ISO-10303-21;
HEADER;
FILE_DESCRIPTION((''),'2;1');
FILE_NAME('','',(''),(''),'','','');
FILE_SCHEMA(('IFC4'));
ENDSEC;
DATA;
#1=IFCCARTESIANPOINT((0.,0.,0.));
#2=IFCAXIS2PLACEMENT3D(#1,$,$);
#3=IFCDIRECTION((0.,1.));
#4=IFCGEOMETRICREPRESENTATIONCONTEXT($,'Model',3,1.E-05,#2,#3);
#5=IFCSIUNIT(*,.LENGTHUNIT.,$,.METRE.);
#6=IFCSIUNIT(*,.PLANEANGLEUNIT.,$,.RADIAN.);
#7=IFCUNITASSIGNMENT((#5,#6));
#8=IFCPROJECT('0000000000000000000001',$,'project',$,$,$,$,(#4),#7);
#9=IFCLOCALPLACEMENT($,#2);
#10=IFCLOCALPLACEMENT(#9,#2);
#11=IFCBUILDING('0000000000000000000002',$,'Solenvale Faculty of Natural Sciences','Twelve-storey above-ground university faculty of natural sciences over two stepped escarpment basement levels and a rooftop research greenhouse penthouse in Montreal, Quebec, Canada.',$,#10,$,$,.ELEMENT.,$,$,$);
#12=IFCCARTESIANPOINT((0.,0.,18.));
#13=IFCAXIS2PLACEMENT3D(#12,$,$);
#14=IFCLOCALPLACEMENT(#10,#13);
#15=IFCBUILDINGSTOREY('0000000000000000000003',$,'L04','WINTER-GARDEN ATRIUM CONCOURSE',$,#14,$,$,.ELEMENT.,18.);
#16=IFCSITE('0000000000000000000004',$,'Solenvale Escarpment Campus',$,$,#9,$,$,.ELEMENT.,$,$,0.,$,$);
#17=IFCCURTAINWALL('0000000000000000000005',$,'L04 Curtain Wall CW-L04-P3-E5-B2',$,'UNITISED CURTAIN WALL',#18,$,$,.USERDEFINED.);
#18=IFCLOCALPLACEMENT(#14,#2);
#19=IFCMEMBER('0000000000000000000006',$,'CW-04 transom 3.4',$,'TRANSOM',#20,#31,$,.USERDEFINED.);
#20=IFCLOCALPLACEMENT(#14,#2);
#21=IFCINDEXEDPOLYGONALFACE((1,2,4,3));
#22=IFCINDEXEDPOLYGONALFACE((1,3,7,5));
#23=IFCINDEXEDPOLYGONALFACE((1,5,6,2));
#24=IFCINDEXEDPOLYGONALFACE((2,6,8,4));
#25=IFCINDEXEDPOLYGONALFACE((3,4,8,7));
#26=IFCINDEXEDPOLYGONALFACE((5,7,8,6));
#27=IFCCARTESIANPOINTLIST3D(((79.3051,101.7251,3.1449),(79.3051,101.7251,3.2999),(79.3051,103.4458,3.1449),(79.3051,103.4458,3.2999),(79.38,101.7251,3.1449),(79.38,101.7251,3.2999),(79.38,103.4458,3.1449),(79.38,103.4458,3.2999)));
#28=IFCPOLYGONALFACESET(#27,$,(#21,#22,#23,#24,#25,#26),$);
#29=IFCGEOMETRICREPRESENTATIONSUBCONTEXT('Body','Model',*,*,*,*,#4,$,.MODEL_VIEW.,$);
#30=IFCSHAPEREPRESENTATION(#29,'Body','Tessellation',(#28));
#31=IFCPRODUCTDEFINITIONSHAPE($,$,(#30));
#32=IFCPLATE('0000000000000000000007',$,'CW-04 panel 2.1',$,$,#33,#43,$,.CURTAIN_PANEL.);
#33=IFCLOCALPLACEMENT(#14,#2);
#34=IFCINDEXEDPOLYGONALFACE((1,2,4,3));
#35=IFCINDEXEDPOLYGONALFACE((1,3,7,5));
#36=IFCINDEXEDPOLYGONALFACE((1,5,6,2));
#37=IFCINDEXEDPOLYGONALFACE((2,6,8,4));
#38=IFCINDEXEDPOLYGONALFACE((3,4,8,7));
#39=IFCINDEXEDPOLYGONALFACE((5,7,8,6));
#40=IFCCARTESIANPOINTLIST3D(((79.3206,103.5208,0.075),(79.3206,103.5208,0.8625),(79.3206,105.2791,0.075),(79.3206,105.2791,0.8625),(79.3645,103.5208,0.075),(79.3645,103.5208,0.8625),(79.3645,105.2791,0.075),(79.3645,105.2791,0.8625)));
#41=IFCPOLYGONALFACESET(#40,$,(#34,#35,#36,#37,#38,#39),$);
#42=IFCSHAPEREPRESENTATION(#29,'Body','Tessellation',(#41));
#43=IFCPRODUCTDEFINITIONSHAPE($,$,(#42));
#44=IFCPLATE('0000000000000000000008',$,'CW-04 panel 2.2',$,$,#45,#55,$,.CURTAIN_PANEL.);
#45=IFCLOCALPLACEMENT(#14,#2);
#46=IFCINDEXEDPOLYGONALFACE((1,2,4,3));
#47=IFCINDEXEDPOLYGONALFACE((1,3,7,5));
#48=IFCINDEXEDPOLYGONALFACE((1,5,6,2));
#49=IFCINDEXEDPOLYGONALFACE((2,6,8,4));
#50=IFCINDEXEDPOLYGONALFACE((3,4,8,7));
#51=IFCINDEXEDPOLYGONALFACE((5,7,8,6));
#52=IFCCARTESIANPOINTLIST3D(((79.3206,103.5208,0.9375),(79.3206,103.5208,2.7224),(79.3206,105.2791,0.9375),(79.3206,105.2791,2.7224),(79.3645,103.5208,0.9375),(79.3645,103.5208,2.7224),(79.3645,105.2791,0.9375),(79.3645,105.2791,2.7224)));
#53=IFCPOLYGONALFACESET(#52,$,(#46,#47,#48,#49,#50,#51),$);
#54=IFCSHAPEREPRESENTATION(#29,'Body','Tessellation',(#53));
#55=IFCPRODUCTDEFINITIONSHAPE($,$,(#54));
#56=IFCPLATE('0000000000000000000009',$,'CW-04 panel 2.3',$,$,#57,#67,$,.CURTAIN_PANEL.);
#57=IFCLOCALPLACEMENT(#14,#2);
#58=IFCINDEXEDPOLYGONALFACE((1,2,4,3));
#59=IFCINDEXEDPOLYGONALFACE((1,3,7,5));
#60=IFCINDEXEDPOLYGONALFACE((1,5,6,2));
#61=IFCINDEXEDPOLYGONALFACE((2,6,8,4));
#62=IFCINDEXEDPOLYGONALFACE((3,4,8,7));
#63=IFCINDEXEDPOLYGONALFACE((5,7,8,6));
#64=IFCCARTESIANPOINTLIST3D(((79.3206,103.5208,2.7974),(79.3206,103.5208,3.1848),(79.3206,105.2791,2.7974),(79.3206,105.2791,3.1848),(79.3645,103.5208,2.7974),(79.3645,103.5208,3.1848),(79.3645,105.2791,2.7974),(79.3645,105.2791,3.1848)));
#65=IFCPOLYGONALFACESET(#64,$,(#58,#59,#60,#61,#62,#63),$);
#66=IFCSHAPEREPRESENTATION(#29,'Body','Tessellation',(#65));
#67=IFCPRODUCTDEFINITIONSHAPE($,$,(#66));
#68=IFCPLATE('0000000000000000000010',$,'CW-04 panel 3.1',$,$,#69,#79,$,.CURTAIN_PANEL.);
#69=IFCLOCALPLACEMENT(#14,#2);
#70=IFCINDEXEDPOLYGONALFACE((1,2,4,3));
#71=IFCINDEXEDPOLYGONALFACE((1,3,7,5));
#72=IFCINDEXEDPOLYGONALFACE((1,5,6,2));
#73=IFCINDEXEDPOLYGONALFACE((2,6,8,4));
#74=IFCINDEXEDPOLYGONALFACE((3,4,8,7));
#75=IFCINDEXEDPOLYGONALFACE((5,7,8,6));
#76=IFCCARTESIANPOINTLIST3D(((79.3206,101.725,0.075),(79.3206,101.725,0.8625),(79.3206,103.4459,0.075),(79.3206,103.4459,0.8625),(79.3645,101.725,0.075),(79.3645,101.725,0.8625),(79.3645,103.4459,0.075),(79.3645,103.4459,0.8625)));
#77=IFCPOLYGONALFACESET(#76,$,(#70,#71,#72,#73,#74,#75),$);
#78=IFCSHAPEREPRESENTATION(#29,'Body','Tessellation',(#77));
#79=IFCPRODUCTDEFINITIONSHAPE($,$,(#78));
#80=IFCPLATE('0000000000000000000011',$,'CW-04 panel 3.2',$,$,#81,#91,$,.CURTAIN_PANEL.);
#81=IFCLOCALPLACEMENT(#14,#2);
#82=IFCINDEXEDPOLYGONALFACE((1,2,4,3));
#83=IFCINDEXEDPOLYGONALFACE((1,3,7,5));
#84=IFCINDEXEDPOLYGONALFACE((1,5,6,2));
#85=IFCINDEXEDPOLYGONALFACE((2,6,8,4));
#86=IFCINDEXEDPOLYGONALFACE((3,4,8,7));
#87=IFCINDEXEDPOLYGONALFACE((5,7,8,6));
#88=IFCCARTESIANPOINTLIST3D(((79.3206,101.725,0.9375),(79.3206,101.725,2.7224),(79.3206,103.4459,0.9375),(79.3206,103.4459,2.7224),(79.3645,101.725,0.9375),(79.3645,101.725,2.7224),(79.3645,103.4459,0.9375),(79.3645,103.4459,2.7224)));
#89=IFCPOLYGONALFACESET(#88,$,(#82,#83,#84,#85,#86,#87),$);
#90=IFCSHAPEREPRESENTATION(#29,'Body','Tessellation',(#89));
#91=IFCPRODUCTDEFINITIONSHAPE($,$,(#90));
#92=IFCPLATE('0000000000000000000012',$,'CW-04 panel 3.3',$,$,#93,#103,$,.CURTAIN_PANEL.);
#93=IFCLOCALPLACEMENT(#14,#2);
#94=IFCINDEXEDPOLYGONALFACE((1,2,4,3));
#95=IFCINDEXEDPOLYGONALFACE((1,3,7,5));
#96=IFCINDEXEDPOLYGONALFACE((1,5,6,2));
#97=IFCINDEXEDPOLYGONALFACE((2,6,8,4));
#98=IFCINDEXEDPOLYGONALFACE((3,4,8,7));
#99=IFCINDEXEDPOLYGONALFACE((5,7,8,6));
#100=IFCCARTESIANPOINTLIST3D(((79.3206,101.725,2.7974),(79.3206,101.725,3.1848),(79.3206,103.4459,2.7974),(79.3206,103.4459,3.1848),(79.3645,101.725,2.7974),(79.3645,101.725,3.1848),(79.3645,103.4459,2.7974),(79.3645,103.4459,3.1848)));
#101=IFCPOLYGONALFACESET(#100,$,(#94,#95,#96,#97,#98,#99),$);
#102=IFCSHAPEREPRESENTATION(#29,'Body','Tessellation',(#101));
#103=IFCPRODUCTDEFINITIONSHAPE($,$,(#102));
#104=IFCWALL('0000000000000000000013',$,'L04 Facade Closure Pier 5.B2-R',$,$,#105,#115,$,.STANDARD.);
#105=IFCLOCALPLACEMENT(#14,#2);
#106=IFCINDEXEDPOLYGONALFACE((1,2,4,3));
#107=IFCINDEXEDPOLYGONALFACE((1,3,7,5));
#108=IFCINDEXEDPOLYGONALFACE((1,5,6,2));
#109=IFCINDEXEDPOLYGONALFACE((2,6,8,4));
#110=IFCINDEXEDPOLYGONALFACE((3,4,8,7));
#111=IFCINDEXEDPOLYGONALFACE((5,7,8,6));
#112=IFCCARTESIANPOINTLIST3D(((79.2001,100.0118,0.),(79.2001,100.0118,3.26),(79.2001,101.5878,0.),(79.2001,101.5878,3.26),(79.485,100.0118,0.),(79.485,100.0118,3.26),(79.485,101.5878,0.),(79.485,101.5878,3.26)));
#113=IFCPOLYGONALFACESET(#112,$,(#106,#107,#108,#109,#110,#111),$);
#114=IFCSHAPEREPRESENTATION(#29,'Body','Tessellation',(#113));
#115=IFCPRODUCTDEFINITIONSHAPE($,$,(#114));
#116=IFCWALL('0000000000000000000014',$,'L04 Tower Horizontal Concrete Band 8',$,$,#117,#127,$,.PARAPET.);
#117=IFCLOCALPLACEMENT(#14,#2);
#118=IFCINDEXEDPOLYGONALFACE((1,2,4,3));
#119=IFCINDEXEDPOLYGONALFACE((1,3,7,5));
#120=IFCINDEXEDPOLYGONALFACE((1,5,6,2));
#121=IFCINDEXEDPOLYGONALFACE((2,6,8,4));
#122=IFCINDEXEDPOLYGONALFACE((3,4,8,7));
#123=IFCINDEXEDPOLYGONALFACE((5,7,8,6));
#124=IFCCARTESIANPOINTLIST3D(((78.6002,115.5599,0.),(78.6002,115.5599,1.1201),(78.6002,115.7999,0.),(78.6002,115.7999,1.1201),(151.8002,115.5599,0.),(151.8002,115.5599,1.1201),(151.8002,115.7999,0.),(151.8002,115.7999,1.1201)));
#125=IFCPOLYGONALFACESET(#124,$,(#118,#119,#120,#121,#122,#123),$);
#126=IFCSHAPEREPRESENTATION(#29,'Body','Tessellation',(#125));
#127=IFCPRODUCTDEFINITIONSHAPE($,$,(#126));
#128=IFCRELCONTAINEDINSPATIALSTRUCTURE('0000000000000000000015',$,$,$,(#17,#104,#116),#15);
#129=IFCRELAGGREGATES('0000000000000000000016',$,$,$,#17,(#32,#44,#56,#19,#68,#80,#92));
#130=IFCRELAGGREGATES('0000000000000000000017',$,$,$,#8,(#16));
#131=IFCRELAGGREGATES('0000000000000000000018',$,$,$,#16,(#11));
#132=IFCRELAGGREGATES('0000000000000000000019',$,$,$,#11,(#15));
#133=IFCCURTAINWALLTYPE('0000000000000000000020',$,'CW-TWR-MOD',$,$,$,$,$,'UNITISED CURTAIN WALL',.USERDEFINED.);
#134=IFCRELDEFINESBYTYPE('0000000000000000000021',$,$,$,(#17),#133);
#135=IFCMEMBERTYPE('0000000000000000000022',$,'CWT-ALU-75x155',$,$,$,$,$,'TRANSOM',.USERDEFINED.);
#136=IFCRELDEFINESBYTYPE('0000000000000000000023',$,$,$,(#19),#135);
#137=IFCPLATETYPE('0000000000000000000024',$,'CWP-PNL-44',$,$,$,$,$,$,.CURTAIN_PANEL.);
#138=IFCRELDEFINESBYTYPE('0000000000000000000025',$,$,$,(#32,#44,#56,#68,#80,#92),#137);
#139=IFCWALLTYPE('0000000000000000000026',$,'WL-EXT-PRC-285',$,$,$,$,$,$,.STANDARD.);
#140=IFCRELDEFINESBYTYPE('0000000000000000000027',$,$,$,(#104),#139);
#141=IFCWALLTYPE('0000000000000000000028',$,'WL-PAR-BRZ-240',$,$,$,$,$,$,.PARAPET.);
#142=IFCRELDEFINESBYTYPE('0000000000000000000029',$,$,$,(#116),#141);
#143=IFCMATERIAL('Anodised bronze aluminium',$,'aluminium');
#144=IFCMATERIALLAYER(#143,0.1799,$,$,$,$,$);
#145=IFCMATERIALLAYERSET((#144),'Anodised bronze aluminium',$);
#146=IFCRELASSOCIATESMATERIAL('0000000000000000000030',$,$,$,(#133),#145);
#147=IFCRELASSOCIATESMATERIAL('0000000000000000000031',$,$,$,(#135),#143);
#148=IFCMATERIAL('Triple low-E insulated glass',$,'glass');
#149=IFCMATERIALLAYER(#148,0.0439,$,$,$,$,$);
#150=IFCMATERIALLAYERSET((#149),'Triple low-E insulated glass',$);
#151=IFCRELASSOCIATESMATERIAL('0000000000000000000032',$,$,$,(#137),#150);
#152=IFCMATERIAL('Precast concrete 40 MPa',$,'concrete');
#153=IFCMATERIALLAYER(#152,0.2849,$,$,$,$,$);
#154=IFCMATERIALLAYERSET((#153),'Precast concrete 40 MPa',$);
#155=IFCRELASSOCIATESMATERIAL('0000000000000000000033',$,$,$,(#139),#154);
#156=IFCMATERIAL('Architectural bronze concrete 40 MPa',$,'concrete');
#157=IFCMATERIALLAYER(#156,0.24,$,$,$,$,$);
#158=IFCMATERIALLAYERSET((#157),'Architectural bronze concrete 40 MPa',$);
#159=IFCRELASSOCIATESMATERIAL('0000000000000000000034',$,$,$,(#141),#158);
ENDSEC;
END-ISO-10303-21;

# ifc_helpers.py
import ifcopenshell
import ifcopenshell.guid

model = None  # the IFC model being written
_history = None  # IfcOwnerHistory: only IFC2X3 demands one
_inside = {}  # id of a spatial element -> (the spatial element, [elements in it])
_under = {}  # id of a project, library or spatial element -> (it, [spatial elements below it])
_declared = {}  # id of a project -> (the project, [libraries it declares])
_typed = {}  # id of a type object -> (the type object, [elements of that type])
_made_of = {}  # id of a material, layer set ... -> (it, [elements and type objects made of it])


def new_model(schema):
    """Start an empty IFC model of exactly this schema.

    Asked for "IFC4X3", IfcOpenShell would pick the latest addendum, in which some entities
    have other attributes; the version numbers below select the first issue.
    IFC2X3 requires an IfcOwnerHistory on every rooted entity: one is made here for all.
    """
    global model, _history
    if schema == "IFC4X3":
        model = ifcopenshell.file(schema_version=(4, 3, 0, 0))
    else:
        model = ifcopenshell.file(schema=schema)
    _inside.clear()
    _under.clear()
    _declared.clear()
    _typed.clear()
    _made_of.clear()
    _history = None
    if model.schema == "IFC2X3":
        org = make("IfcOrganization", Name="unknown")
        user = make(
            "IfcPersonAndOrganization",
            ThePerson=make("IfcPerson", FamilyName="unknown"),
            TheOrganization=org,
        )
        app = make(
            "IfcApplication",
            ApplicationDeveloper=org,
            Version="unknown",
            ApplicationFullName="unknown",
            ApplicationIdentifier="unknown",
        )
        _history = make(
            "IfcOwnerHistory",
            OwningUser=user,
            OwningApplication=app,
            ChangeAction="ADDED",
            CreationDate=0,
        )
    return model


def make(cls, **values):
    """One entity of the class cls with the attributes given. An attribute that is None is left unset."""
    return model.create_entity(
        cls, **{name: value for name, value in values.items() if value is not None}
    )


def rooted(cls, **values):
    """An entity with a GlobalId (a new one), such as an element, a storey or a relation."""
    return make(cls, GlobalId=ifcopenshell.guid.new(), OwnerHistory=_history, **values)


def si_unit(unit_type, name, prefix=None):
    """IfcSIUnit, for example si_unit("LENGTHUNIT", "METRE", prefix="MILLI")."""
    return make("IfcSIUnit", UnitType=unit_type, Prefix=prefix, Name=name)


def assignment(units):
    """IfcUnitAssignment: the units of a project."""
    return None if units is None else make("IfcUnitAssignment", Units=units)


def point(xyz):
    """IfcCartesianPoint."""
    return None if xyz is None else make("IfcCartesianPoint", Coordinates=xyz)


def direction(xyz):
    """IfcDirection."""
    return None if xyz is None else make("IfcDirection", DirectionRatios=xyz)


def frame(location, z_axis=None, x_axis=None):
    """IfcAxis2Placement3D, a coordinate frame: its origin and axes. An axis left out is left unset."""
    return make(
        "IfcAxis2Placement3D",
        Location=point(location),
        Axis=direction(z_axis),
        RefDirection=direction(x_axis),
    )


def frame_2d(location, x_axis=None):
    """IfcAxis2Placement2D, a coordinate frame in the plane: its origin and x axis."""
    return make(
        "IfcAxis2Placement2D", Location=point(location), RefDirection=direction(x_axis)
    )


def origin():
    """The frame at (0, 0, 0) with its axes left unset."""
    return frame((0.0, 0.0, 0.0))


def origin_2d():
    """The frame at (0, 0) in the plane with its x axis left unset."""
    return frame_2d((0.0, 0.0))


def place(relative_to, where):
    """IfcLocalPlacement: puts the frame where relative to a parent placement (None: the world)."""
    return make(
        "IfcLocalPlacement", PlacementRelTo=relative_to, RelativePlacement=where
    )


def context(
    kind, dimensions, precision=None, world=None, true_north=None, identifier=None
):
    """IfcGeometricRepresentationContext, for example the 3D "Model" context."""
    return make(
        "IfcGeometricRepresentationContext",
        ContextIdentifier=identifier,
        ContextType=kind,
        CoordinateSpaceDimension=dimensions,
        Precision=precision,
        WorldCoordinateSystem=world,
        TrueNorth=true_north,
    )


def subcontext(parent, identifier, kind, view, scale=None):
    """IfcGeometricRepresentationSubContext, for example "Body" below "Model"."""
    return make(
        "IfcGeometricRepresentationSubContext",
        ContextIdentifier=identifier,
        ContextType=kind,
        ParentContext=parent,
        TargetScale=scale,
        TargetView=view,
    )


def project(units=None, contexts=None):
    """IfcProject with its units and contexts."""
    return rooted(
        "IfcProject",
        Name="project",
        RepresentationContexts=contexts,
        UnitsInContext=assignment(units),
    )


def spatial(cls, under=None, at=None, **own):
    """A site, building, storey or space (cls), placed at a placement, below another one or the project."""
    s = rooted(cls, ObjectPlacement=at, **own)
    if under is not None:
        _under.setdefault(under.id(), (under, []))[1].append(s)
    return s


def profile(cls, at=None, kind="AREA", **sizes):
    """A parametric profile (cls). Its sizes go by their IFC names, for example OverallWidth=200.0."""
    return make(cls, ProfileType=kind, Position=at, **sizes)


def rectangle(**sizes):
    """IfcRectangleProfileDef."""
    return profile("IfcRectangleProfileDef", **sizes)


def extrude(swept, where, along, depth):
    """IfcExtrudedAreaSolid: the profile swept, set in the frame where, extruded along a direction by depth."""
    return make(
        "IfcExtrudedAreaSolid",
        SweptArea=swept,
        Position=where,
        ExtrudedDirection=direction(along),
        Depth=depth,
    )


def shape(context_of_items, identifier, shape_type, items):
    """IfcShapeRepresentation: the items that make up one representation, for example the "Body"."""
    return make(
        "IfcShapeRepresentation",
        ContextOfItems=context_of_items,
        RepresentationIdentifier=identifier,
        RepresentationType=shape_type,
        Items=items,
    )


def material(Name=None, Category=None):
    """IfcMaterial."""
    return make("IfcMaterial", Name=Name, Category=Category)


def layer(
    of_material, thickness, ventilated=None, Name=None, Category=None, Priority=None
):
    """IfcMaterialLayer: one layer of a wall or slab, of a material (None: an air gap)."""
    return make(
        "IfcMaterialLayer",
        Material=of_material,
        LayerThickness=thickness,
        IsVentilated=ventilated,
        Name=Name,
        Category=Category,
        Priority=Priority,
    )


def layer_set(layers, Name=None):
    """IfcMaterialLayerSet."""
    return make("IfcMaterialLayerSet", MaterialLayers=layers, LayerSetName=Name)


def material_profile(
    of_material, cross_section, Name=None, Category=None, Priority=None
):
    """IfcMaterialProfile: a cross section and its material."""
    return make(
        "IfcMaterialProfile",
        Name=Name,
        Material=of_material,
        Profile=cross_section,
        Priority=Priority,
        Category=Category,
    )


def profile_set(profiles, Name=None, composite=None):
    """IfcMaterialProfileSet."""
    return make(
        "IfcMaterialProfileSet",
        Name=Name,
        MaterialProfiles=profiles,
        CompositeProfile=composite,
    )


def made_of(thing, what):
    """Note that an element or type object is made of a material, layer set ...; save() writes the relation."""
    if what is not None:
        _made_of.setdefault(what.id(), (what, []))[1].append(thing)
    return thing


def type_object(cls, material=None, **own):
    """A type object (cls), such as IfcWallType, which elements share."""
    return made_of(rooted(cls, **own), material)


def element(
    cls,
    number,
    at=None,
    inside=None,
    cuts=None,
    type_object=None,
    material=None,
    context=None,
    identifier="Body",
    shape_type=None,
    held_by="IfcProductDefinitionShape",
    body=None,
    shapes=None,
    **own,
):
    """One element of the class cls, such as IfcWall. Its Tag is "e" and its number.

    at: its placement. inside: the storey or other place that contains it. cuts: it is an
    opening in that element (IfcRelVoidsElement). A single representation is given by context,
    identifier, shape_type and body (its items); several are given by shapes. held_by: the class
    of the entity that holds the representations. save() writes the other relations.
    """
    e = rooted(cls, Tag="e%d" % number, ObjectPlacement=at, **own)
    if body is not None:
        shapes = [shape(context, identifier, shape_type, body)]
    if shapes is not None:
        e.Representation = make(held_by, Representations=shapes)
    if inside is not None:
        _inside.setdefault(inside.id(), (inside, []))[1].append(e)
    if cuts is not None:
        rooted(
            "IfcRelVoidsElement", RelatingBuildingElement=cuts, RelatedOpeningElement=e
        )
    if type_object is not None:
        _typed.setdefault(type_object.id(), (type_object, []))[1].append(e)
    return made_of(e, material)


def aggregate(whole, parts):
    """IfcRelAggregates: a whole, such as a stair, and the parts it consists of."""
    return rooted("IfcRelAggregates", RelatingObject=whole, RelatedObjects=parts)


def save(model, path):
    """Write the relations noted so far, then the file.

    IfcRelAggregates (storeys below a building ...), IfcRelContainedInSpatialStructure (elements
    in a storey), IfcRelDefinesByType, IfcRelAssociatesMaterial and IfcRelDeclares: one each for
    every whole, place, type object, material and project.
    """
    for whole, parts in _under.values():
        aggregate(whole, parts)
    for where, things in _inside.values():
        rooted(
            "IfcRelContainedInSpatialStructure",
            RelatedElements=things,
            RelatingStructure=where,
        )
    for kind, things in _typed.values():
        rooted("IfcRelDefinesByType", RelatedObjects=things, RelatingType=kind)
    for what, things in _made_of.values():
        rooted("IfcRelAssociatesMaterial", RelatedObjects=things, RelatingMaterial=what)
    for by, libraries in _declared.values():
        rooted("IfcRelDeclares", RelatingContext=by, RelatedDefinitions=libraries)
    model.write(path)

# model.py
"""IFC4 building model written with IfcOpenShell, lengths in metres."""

from ifc_helpers import new_model, si_unit, direction, frame, frame_2d, origin, origin_2d, place, context, subcontext, project, spatial, rectangle, extrude, material, layer, layer_set, material_profile, profile_set, type_object, element, aggregate, save


model = new_model("IFC4")

# Units and contexts
model_context = context("Model", 3, precision=1e-05, world=origin(), true_north=direction((0.0, 1.0)))
body_context = subcontext(model_context, "Body", "Model", "MODEL_VIEW")
ifc_project = project(units=[si_unit("LENGTHUNIT", "METRE"), si_unit("PLANEANGLEUNIT", "RADIAN")], contexts=[model_context])

# Site, building, storey
site_placement = place(None, origin())
site = spatial("IfcSite", under=ifc_project, at=site_placement, Name="Solenvale Escarpment Campus", CompositionType="ELEMENT", RefElevation=0.0)
building_placement = place(site_placement, origin())
building = spatial("IfcBuilding", under=site, at=building_placement, Name="Solenvale Faculty of Natural Sciences", Description="Twelve-storey above-ground university faculty of natural sciences over two stepped escarpment basement levels and a rooftop research greenhouse penthouse in Montreal, Quebec, Canada.", CompositionType="ELEMENT")
storey_placement = place(building_placement, frame((0.0, 0.0, 18.0)))
storey = spatial("IfcBuildingStorey", under=building, at=storey_placement, Name="L04", Description="WINTER-GARDEN ATRIUM CONCOURSE", CompositionType="ELEMENT", Elevation=18.0)

# Curtain wall, member, plates
ifc_material_1 = material(Name="Anodised bronze aluminium", Category="aluminium")
ifc_layer_1 = layer(ifc_material_1, 0.1799)
ifc_layer_set_1 = layer_set([ifc_layer_1], Name="Anodised bronze aluminium")
curtain_wall_type = type_object("IfcCurtainWallType", Name="CW-TWR-MOD", ElementType="UNITISED CURTAIN WALL", PredefinedType="USERDEFINED", material=ifc_layer_set_1)
curtain_wall_placement = place(storey_placement, origin())
curtain_wall = element("IfcCurtainWall", 1, at=curtain_wall_placement, inside=storey, type_object=curtain_wall_type, Name="L04 Curtain Wall CW-L04-P3-E5-B2", ObjectType="UNITISED CURTAIN WALL", PredefinedType="USERDEFINED")
ifc_material_profile_1 = material_profile(ifc_material_1, rectangle(XDim=0.075, YDim=0.155, at=origin_2d()), Name="ALU-TRN-75x155")
ifc_profile_set_1 = profile_set([ifc_material_profile_1], Name="Anodised bronze aluminium")
member_type_1 = type_object("IfcMemberType", Name="CWT-ALU-75x155", ElementType="TRANSOM", PredefinedType="USERDEFINED", material=ifc_profile_set_1)
member_1_placement = place(storey_placement, frame((79.3425, 103.4458, 3.2224), z_axis=(0.0, -1.0, 0.0), x_axis=(1.0, 0.0, 0.0)))
member_1 = element("IfcMember", 2, at=member_1_placement, type_object=member_type_1, Name="CW-04 transom 3.4", ObjectType="TRANSOM", PredefinedType="USERDEFINED", context=body_context, shape_type="SweptSolid", body=[
    extrude(rectangle(XDim=0.075, YDim=0.155, at=origin_2d()), origin(), (0.0, 0.0, 1.0), 1.7207),
])
ifc_material_2 = material(Name="Triple low-E insulated glass", Category="glass")
ifc_layer_2 = layer(ifc_material_2, 0.0439)
ifc_layer_set_2 = layer_set([ifc_layer_2], Name="Triple low-E insulated glass")
plate_type = type_object("IfcPlateType", Name="CWP-PNL-44", PredefinedType="CURTAIN_PANEL", material=ifc_layer_set_2)
plate_1_placement = place(storey_placement, frame((79.3425, 104.3999, 0.075), z_axis=(0.0, 0.0, 1.0), x_axis=(0.0, -1.0, 0.0)))
plate_1 = element("IfcPlate", 3, at=plate_1_placement, type_object=plate_type, Name="CW-04 panel 2.1", PredefinedType="CURTAIN_PANEL", context=body_context, shape_type="SweptSolid", body=[
    extrude(rectangle(XDim=1.7583, YDim=0.0439, at=origin_2d()), origin(), (0.0, 0.0, 1.0), 0.7876),
])
plate_2_placement = place(storey_placement, frame((79.3425, 104.3999, 0.9375), z_axis=(0.0, 0.0, 1.0), x_axis=(0.0, -1.0, 0.0)))
plate_2 = element("IfcPlate", 4, at=plate_2_placement, type_object=plate_type, Name="CW-04 panel 2.2", PredefinedType="CURTAIN_PANEL", context=body_context, shape_type="SweptSolid", body=[
    extrude(rectangle(XDim=1.7583, YDim=0.0439, at=origin_2d()), origin(), (0.0, 0.0, 1.0), 1.7849),
])
plate_3_placement = place(storey_placement, frame((79.3425, 104.3999, 2.7974), z_axis=(0.0, 0.0, 1.0), x_axis=(0.0, -1.0, 0.0)))
plate_3 = element("IfcPlate", 5, at=plate_3_placement, type_object=plate_type, Name="CW-04 panel 2.3", PredefinedType="CURTAIN_PANEL", context=body_context, shape_type="SweptSolid", body=[
    extrude(rectangle(XDim=1.7583, YDim=0.0439, at=origin_2d()), origin(), (0.0, 0.0, 1.0), 0.3875),
])
plate_4_placement = place(storey_placement, frame((79.3425, 102.5854, 0.075), z_axis=(0.0, 0.0, 1.0), x_axis=(0.0, -1.0, 0.0)))
plate_4 = element("IfcPlate", 6, at=plate_4_placement, type_object=plate_type, Name="CW-04 panel 3.1", PredefinedType="CURTAIN_PANEL", context=body_context, shape_type="SweptSolid", body=[
    extrude(rectangle(XDim=1.7209, YDim=0.0439, at=origin_2d()), origin(), (0.0, 0.0, 1.0), 0.7876),
])
plate_5_placement = place(storey_placement, frame((79.3425, 102.5854, 0.9375), z_axis=(0.0, 0.0, 1.0), x_axis=(0.0, -1.0, 0.0)))
plate_5 = element("IfcPlate", 7, at=plate_5_placement, type_object=plate_type, Name="CW-04 panel 3.2", PredefinedType="CURTAIN_PANEL", context=body_context, shape_type="SweptSolid", body=[
    extrude(rectangle(XDim=1.7209, YDim=0.0439, at=origin_2d()), origin(), (0.0, 0.0, 1.0), 1.7849),
])
plate_6_placement = place(storey_placement, frame((79.3425, 102.5854, 2.7974), z_axis=(0.0, 0.0, 1.0), x_axis=(0.0, -1.0, 0.0)))
plate_6 = element("IfcPlate", 8, at=plate_6_placement, type_object=plate_type, Name="CW-04 panel 3.3", PredefinedType="CURTAIN_PANEL", context=body_context, shape_type="SweptSolid", body=[
    extrude(rectangle(XDim=1.7209, YDim=0.0439, at=origin_2d()), origin(), (0.0, 0.0, 1.0), 0.3875),
])
aggregate(curtain_wall, [plate_1, plate_2, plate_3, member_1, plate_4, plate_5, plate_6])

# Walls
ifc_material_3 = material(Name="Precast concrete 40 MPa", Category="concrete")
ifc_layer_3 = layer(ifc_material_3, 0.2849)
ifc_layer_set_3 = layer_set([ifc_layer_3], Name="Precast concrete 40 MPa")
wall_type_1 = type_object("IfcWallType", Name="WL-EXT-PRC-285", PredefinedType="STANDARD", material=ifc_layer_set_3)
wall_1_placement = place(storey_placement, frame((79.3425, 101.5879, 0.0), z_axis=(0.0, 0.0, 1.0), x_axis=(0.0, -1.0, 0.0)))
element("IfcWall", 9, at=wall_1_placement, inside=storey, type_object=wall_type_1, Name="L04 Facade Closure Pier 5.B2-R", PredefinedType="STANDARD", context=body_context, shape_type="SweptSolid", body=[
    extrude(rectangle(XDim=1.5759, YDim=0.2849, at=frame_2d((0.7881, 0.0))), origin(), (0.0, 0.0, 1.0), 3.26),
])
ifc_material_4 = material(Name="Architectural bronze concrete 40 MPa", Category="concrete")
ifc_layer_4 = layer(ifc_material_4, 0.24)
ifc_layer_set_4 = layer_set([ifc_layer_4], Name="Architectural bronze concrete 40 MPa")
wall_type_2 = type_object("IfcWallType", Name="WL-PAR-BRZ-240", PredefinedType="PARAPET", material=ifc_layer_set_4)
wall_2_placement = place(storey_placement, frame((78.6001, 115.6799, 0.0), z_axis=(0.0, 0.0, 1.0), x_axis=(1.0, 0.0, 0.0)))
element("IfcWall", 10, at=wall_2_placement, inside=storey, type_object=wall_type_2, Name="L04 Tower Horizontal Concrete Band 8", PredefinedType="PARAPET", context=body_context, shape_type="SweptSolid", body=[
    extrude(rectangle(XDim=73.2, YDim=0.24, at=frame_2d((36.6001, 0.0))), origin(), (0.0, 0.0, 1.0), 1.1201),
])

save(model, "model.ifc")
